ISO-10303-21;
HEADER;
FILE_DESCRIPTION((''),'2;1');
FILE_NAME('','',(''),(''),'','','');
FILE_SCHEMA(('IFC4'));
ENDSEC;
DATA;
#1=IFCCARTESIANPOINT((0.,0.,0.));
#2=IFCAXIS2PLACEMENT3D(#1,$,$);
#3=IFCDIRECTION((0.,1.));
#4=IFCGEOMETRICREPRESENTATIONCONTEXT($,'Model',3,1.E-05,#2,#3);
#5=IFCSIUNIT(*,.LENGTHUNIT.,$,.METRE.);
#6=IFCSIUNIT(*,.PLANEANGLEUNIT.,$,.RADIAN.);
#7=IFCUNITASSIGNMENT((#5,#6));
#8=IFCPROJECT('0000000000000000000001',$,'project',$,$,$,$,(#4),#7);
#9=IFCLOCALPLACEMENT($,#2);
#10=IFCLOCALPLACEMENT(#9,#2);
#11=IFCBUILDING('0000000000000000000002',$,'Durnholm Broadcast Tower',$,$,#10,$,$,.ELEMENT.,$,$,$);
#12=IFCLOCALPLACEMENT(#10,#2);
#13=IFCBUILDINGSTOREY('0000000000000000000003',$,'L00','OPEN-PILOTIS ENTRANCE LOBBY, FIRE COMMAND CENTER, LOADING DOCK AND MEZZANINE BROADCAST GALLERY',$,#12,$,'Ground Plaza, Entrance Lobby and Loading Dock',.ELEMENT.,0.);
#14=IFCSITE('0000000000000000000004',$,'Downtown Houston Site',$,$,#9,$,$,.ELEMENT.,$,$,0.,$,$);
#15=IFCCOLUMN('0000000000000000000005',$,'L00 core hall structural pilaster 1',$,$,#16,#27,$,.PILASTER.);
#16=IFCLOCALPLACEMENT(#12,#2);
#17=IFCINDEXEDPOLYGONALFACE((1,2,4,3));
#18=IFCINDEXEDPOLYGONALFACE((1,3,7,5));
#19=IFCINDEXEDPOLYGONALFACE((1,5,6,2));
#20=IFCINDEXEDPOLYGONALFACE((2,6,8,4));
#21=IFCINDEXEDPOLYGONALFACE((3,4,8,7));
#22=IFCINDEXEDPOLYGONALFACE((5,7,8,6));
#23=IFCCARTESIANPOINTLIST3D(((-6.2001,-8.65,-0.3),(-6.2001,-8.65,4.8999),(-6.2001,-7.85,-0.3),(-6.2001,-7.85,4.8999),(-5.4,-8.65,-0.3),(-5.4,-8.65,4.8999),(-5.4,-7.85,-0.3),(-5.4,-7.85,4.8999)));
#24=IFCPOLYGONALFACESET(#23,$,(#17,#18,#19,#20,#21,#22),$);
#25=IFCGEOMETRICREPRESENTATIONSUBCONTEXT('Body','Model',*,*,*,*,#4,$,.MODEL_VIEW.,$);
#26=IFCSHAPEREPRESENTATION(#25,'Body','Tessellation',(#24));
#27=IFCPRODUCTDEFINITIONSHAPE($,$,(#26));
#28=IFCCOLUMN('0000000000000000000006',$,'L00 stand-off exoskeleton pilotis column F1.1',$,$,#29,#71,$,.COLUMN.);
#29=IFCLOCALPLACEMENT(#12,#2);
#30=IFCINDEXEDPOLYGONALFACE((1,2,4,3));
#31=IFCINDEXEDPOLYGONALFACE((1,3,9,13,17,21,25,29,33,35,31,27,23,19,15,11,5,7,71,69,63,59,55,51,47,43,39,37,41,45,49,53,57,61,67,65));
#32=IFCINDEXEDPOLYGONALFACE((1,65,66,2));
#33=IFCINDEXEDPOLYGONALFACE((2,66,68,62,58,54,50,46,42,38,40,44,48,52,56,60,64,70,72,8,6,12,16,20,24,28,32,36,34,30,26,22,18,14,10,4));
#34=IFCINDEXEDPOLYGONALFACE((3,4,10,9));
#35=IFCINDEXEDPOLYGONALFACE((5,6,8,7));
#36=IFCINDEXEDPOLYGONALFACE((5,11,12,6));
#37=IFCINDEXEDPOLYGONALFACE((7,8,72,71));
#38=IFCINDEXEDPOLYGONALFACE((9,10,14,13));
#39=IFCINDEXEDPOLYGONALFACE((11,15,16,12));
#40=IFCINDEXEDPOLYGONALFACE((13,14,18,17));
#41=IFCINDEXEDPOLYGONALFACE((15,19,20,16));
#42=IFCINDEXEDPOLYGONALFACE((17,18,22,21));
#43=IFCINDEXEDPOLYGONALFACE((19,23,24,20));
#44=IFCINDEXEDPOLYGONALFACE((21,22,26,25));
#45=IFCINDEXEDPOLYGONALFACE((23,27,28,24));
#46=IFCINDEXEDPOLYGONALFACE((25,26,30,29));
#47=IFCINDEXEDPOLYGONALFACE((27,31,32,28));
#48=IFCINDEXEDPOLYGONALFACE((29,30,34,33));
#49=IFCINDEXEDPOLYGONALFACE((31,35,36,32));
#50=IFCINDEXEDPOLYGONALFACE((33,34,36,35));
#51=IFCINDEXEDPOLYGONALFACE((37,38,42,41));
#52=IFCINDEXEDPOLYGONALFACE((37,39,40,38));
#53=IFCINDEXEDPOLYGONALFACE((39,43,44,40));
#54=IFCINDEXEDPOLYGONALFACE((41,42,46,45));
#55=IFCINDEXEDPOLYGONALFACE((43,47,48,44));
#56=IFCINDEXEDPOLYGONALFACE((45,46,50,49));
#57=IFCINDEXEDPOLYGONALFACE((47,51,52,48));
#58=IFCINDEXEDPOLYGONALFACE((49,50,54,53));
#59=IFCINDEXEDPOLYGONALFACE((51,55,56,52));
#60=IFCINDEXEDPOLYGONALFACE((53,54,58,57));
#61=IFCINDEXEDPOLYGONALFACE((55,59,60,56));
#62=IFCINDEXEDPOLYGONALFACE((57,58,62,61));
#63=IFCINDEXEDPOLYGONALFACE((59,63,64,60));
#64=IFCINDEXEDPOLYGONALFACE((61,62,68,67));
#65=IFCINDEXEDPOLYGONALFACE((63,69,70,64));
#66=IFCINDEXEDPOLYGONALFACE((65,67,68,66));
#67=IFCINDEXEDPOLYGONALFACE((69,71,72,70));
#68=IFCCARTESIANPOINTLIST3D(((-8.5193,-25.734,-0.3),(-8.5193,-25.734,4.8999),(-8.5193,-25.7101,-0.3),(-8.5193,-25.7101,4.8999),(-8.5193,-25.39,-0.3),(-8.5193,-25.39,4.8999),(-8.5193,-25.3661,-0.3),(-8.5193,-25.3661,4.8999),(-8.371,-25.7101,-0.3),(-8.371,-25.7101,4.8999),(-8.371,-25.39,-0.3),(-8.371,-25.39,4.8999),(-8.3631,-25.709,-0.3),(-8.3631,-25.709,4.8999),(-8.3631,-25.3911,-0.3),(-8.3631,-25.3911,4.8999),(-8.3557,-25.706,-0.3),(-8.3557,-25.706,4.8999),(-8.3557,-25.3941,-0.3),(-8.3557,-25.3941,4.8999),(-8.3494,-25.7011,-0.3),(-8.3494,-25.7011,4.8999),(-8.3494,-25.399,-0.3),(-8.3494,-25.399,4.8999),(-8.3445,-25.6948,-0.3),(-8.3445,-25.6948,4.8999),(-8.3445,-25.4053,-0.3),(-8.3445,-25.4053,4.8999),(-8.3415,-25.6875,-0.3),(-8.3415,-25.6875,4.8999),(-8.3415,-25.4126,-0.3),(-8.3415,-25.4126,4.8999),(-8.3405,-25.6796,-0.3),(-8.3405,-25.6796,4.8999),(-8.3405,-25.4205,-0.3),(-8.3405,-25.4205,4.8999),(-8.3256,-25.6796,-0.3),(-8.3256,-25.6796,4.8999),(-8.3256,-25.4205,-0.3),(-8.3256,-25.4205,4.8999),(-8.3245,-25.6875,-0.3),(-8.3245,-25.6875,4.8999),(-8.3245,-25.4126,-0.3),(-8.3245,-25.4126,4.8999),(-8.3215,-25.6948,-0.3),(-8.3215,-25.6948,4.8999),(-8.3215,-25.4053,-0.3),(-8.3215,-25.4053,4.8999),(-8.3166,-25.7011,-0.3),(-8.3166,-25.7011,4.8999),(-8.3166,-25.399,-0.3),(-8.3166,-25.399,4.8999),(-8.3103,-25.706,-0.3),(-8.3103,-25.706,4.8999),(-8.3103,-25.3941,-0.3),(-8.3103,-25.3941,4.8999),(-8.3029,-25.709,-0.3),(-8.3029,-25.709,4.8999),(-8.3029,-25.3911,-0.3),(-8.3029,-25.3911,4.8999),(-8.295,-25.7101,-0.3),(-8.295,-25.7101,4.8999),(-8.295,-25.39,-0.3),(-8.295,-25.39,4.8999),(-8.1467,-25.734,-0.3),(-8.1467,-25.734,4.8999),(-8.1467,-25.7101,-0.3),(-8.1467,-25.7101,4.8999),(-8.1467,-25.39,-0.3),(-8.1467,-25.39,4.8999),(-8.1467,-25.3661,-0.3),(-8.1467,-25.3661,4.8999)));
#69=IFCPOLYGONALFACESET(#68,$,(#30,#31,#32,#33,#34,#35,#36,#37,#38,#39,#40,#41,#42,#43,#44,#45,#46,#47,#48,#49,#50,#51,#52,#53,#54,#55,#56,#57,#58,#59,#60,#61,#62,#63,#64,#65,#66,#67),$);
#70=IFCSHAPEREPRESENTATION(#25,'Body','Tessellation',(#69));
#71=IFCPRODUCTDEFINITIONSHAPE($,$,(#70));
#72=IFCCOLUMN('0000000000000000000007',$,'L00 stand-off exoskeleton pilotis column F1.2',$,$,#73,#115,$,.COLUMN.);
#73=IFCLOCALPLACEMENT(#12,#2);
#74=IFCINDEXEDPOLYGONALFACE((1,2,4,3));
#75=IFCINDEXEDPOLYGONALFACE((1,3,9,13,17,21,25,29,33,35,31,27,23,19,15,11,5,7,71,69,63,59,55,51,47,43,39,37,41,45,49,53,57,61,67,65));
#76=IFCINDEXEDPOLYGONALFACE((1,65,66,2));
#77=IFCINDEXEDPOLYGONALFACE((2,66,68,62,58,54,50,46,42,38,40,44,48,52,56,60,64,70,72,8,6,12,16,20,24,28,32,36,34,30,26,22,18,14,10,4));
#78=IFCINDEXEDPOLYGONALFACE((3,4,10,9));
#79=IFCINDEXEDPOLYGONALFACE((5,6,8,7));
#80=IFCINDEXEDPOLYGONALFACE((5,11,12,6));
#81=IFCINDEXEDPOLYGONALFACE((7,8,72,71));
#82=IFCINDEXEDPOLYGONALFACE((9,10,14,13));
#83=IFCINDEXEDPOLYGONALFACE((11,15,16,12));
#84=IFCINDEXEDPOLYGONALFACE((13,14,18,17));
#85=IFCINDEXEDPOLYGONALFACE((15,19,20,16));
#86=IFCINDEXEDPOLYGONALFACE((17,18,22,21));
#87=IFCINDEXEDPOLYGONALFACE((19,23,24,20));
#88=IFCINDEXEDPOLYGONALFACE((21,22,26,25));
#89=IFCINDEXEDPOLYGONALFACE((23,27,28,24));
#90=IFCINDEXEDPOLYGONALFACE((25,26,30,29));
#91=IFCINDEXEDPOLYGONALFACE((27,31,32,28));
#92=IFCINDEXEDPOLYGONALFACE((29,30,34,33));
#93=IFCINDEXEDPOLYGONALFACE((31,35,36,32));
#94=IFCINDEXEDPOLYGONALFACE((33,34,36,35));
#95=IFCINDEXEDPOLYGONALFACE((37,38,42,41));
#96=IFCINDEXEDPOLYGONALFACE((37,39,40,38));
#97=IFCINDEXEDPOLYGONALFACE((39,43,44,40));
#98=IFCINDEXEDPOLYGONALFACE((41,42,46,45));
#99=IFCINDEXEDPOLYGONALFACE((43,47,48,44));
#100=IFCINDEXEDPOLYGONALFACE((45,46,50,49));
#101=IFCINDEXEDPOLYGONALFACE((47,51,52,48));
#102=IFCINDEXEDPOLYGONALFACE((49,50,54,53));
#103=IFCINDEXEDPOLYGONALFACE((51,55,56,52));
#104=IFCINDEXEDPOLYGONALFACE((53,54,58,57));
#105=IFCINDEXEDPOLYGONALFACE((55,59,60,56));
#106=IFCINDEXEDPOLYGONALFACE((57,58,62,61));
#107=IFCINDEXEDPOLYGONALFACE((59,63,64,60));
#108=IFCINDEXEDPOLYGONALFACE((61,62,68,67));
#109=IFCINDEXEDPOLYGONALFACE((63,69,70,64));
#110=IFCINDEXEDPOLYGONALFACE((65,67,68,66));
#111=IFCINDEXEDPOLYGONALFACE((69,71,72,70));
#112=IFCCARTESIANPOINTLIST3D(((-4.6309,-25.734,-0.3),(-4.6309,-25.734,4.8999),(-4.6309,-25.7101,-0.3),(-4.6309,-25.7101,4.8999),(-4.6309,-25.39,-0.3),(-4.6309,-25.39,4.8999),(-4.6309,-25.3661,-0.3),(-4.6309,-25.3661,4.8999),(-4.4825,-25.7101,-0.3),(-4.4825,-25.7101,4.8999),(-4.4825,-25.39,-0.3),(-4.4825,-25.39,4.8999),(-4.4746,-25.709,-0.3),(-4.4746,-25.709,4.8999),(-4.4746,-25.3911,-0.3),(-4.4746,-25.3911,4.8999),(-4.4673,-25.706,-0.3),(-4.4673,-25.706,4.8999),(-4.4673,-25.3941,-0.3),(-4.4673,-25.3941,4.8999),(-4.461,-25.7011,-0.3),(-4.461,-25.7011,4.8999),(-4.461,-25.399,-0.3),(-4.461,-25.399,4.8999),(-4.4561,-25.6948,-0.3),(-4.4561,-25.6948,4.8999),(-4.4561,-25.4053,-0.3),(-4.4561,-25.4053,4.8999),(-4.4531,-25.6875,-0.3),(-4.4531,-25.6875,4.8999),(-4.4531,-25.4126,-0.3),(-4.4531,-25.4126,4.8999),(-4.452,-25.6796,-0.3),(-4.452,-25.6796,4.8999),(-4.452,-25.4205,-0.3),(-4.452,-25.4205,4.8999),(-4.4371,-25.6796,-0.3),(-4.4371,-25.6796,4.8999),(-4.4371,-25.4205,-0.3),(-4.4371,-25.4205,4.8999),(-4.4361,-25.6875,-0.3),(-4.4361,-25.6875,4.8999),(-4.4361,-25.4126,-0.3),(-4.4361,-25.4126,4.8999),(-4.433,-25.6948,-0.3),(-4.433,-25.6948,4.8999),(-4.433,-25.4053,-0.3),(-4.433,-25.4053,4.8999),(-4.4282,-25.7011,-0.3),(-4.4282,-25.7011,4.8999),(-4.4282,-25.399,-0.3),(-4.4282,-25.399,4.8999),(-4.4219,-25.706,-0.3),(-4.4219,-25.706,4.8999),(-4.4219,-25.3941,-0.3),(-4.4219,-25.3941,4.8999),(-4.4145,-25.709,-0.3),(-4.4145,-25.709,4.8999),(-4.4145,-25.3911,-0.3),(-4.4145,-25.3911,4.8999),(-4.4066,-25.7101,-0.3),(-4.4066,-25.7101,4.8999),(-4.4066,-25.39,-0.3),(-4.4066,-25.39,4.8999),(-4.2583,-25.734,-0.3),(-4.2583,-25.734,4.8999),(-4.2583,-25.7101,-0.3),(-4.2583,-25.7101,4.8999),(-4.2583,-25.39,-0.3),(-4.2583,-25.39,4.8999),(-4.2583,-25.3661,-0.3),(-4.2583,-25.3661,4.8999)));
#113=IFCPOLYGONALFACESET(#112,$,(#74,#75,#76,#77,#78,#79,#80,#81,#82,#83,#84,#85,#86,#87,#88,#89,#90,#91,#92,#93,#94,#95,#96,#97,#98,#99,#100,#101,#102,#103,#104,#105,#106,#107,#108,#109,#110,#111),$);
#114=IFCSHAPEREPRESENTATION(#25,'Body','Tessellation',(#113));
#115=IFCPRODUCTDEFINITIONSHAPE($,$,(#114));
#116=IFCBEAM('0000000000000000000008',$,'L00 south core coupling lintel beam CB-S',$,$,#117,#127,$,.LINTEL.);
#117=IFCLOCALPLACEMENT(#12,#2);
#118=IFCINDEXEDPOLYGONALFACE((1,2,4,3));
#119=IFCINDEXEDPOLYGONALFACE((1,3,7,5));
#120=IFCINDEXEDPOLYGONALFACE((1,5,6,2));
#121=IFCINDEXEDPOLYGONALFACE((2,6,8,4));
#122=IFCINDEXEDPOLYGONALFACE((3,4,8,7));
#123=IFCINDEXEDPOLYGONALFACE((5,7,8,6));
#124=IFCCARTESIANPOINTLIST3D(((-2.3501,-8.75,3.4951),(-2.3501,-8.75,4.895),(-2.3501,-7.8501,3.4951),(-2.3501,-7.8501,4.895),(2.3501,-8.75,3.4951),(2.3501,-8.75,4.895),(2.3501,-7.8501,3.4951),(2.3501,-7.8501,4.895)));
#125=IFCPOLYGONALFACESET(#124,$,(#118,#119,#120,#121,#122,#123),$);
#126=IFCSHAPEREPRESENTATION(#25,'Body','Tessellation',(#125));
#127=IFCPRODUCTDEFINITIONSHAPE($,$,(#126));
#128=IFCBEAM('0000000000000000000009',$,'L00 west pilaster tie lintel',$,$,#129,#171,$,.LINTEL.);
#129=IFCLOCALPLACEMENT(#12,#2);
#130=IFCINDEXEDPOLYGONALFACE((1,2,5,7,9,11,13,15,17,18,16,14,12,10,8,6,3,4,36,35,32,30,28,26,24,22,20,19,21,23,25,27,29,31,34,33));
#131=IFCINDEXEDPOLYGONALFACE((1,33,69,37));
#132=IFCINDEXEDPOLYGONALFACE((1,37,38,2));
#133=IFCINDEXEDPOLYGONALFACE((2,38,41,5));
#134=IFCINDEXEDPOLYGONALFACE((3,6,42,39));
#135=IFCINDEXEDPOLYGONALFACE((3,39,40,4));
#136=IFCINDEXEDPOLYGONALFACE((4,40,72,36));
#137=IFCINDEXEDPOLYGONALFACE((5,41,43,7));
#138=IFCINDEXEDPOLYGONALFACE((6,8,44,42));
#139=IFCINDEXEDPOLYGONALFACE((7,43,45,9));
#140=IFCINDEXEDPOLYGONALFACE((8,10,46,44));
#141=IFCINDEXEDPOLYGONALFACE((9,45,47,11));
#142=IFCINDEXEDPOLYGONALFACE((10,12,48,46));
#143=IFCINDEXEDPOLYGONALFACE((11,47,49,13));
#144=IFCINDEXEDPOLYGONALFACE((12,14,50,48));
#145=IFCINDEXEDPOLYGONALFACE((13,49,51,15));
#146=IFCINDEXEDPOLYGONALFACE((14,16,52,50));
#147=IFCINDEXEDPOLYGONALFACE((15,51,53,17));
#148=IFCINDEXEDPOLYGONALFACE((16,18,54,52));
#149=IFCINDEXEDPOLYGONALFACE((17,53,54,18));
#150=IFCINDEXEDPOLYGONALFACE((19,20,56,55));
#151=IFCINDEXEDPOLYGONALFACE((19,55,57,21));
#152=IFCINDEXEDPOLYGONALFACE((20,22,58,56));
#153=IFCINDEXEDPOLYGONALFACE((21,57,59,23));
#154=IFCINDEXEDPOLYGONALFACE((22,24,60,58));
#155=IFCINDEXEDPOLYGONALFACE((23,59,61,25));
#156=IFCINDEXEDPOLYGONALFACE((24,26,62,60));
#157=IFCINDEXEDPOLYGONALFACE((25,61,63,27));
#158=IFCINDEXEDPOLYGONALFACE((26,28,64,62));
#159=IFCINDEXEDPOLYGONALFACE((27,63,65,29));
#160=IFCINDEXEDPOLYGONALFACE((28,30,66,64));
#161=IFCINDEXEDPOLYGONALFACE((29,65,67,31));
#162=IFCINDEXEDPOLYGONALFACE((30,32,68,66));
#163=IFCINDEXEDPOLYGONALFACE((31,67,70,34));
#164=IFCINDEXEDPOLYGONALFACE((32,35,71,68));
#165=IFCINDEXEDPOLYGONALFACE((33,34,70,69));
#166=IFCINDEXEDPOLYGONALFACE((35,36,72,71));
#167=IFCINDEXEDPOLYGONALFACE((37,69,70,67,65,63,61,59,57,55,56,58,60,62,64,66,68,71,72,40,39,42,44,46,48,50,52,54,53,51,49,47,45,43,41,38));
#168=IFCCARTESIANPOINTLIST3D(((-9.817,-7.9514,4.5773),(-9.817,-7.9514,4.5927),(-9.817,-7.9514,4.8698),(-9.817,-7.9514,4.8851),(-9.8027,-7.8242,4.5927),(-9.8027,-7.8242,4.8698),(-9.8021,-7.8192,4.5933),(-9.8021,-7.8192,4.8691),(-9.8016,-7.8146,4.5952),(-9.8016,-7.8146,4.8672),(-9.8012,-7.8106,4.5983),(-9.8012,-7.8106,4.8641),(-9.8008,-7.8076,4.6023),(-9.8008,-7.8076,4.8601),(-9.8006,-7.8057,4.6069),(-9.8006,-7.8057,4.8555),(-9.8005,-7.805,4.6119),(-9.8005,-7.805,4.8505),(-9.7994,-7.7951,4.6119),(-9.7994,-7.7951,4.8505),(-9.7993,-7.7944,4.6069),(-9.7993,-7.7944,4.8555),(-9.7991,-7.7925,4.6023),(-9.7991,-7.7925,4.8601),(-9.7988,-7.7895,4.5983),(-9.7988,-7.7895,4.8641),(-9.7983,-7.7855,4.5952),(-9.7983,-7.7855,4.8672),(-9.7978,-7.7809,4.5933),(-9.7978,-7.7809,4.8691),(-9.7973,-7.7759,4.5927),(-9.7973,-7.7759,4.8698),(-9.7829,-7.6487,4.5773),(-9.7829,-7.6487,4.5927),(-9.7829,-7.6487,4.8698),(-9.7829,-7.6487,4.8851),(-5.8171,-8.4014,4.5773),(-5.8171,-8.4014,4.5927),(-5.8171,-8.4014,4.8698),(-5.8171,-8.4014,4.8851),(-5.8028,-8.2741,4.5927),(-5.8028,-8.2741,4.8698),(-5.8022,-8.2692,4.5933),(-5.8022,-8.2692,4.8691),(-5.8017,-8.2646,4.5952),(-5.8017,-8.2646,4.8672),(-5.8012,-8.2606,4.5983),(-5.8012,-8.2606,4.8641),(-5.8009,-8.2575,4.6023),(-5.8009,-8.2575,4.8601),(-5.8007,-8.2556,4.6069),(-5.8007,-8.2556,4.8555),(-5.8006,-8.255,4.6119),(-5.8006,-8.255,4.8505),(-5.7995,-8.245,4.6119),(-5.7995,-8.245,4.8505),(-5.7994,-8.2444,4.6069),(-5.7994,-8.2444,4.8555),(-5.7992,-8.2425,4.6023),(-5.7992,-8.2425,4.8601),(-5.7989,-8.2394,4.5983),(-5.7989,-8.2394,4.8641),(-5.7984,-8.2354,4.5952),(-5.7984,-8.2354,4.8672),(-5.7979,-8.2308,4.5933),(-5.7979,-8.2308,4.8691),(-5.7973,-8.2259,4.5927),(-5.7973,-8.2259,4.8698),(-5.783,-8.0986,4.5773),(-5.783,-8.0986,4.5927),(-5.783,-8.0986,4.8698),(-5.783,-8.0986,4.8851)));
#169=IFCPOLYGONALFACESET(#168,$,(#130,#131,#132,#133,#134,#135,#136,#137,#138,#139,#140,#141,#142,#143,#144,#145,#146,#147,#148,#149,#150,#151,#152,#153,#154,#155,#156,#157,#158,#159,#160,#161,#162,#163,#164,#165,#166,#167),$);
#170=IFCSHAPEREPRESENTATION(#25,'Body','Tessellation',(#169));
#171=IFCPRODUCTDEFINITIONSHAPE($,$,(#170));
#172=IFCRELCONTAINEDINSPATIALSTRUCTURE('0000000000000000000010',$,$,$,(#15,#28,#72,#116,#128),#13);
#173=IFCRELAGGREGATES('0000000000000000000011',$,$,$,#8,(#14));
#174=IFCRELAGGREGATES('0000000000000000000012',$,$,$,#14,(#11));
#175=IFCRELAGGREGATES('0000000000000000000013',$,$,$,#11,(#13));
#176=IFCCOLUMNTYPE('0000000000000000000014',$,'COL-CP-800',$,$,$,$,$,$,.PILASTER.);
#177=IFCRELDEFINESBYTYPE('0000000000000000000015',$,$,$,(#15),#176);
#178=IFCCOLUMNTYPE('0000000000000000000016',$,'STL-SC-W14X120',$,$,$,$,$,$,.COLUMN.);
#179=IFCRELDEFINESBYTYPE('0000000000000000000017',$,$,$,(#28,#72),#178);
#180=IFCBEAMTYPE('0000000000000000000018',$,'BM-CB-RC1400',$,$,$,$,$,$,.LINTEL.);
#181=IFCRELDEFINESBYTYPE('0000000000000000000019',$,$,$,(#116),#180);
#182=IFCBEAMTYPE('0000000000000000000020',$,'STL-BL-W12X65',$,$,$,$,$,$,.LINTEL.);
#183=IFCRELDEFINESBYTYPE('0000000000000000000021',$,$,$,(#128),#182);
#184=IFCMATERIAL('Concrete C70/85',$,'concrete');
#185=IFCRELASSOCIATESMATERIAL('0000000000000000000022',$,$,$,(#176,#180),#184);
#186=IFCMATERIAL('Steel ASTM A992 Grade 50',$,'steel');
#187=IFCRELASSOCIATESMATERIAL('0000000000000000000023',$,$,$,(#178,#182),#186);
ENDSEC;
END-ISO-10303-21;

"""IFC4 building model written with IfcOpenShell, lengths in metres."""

from ifc_helpers import new_model, si_unit, direction, frame, origin, origin_2d, place, context, subcontext, project, spatial, rectangle, i_section, extrude, source, transform, mapped, material, material_profile, profile_set, type_object, type_shapes, element, save


model = new_model("IFC4")

# Units and contexts
model_context = context("Model", 3, precision=1e-05, world=origin(), true_north=direction((0.0, 1.0)))
body_context = subcontext(model_context, "Body", "Model", "MODEL_VIEW")
ifc_project = project(units=[si_unit("LENGTHUNIT", "METRE"), si_unit("PLANEANGLEUNIT", "RADIAN")], contexts=[model_context])

# Site, building, storey
site_placement = place(None, origin())
site = spatial("IfcSite", under=ifc_project, at=site_placement, Name="Downtown Houston Site", CompositionType="ELEMENT", RefElevation=0.0)
building_placement = place(site_placement, origin())
building = spatial("IfcBuilding", under=site, at=building_placement, Name="Durnholm Broadcast Tower", CompositionType="ELEMENT")
storey_placement = place(building_placement, origin())
storey = spatial("IfcBuildingStorey", under=building, at=storey_placement, Name="L00", Description="OPEN-PILOTIS ENTRANCE LOBBY, FIRE COMMAND CENTER, LOADING DOCK AND MEZZANINE BROADCAST GALLERY", LongName="Ground Plaza, Entrance Lobby and Loading Dock", CompositionType="ELEMENT", Elevation=0.0)

# Columns
ifc_material_1 = material(Name="Concrete C70/85", Category="concrete")
ifc_material_profile_1 = material_profile(ifc_material_1, rectangle(XDim=0.8, YDim=0.8, at=origin_2d()), Name="RC800X800")
ifc_profile_set_1 = profile_set([ifc_material_profile_1], Name="Concrete C70/85")
column_type_1 = type_object("IfcColumnType", Name="COL-CP-800", PredefinedType="PILASTER", material=ifc_profile_set_1)
shared_shape_1 = source(origin(), body_context, "Body", "SweptSolid", [
    extrude(rectangle(XDim=0.8, YDim=0.8, at=origin_2d()), origin(), (0.0, 0.0, 1.0), 5.2),
])
type_shapes(column_type_1, [shared_shape_1])
column_placement = place(storey_placement, frame((-5.8, -8.25, -0.3), z_axis=(0.0, 0.0, 1.0), x_axis=(1.0, 0.0, 0.0)))
element("IfcColumn", 1, at=column_placement, inside=storey, type_object=column_type_1, Name="L00 core hall structural pilaster 1", PredefinedType="PILASTER", context=body_context, shape_type="MappedRepresentation", body=[
    mapped(shared_shape_1, transform((0.0, 0.0, 0.0), x_axis=(1.0, 0.0, 0.0), y_axis=(0.0, 1.0, 0.0), z_axis=(0.0, 0.0, 1.0), scale=1.0)),
])
ifc_material_2 = material(Name="Steel ASTM A992 Grade 50", Category="steel")
ifc_material_profile_2 = material_profile(ifc_material_2, i_section(OverallWidth=0.3726, OverallDepth=0.3679, WebThickness=0.0149, FlangeThickness=0.0239, FilletRadius=0.0305, at=origin_2d()), Name="W14X120")
ifc_profile_set_2 = profile_set([ifc_material_profile_2], Name="Steel ASTM A992 Grade 50")
column_type_2 = type_object("IfcColumnType", Name="STL-SC-W14X120", PredefinedType="COLUMN", material=ifc_profile_set_2)
shared_shape_2 = source(origin(), body_context, "Body", "SweptSolid", [
    extrude(i_section(OverallWidth=0.3726, OverallDepth=0.3679, WebThickness=0.0149, FlangeThickness=0.0239, FilletRadius=0.0305, at=origin_2d()), origin(), (0.0, 0.0, 1.0), 5.2),
])
type_shapes(column_type_2, [shared_shape_2])
for number, where, z_axis, x_axis, name in (
    (2, (-8.333, -25.55, -0.3), (0.0, 0.0, 1.0), (1.0, 0.0, 0.0), "L00 stand-off exoskeleton pilotis column F1.1"),
    (3, (-4.4446, -25.55, -0.3), (0.0, 0.0, 1.0), (1.0, 0.0, 0.0), "L00 stand-off exoskeleton pilotis column F1.2"),
):
    element("IfcColumn", number, at=place(storey_placement, frame(where, z_axis=z_axis, x_axis=x_axis)), inside=storey, type_object=column_type_2, Name=name, PredefinedType="COLUMN", context=body_context, shape_type="MappedRepresentation", body=[
        mapped(shared_shape_2, transform((0.0, 0.0, 0.0), x_axis=(1.0, 0.0, 0.0), y_axis=(0.0, 1.0, 0.0), z_axis=(0.0, 0.0, 1.0), scale=1.0)),
    ])

# Beams
ifc_material_profile_3 = material_profile(ifc_material_1, rectangle(XDim=0.8999, YDim=1.3999, at=origin_2d()), Name="RC900X1400")
ifc_profile_set_3 = profile_set([ifc_material_profile_3], Name="Concrete C70/85")
beam_type_1 = type_object("IfcBeamType", Name="BM-CB-RC1400", PredefinedType="LINTEL", material=ifc_profile_set_3)
shared_shape_3 = source(origin(), body_context, "Body", "SweptSolid", [
    extrude(rectangle(XDim=0.8999, YDim=1.3999, at=origin_2d()), origin(), (0.0, 0.0, 1.0), 4.7002),
])
type_shapes(beam_type_1, [shared_shape_3])
beam_1_placement = place(storey_placement, frame((-2.3501, -8.3, 4.1951), z_axis=(1.0, 0.0, 0.0), x_axis=(0.0, 1.0, 0.0)))
element("IfcBeam", 4, at=beam_1_placement, inside=storey, type_object=beam_type_1, Name="L00 south core coupling lintel beam CB-S", PredefinedType="LINTEL", context=body_context, shape_type="MappedRepresentation", body=[
    mapped(shared_shape_3, transform((0.0, 0.0, 0.0), x_axis=(1.0, 0.0, 0.0), y_axis=(0.0, 1.0, 0.0), z_axis=(0.0, 0.0, 1.0), scale=1.0)),
])
ifc_material_profile_4 = material_profile(ifc_material_2, i_section(OverallWidth=0.3047, OverallDepth=0.3079, WebThickness=0.01, FlangeThickness=0.0154, FilletRadius=0.0193, at=origin_2d()), Name="W12X65")
ifc_profile_set_4 = profile_set([ifc_material_profile_4], Name="Steel ASTM A992 Grade 50")
beam_type_2 = type_object("IfcBeamType", Name="STL-BL-W12X65", PredefinedType="LINTEL", material=ifc_profile_set_4)
shared_shape_4 = source(origin(), body_context, "Body", "SweptSolid", [
    extrude(i_section(OverallWidth=0.3047, OverallDepth=0.3079, WebThickness=0.01, FlangeThickness=0.0154, FilletRadius=0.0193, at=origin_2d()), origin(), (0.0, 0.0, 1.0), 4.0251),
])
type_shapes(beam_type_2, [shared_shape_4])
beam_2_placement = place(storey_placement, frame((-5.8, -8.25, 4.7312), z_axis=(-0.993733, 0.111783, 0.0), x_axis=(-0.111783, -0.993733, 0.0)))
element("IfcBeam", 5, at=beam_2_placement, inside=storey, type_object=beam_type_2, Name="L00 west pilaster tie lintel", PredefinedType="LINTEL", context=body_context, shape_type="MappedRepresentation", body=[
    mapped(shared_shape_4, transform((0.0, 0.0, 0.0), x_axis=(1.0, 0.0, 0.0), y_axis=(0.0, 1.0, 0.0), z_axis=(0.0, 0.0, 1.0), scale=1.0)),
])

save(model, "model.ifc")
